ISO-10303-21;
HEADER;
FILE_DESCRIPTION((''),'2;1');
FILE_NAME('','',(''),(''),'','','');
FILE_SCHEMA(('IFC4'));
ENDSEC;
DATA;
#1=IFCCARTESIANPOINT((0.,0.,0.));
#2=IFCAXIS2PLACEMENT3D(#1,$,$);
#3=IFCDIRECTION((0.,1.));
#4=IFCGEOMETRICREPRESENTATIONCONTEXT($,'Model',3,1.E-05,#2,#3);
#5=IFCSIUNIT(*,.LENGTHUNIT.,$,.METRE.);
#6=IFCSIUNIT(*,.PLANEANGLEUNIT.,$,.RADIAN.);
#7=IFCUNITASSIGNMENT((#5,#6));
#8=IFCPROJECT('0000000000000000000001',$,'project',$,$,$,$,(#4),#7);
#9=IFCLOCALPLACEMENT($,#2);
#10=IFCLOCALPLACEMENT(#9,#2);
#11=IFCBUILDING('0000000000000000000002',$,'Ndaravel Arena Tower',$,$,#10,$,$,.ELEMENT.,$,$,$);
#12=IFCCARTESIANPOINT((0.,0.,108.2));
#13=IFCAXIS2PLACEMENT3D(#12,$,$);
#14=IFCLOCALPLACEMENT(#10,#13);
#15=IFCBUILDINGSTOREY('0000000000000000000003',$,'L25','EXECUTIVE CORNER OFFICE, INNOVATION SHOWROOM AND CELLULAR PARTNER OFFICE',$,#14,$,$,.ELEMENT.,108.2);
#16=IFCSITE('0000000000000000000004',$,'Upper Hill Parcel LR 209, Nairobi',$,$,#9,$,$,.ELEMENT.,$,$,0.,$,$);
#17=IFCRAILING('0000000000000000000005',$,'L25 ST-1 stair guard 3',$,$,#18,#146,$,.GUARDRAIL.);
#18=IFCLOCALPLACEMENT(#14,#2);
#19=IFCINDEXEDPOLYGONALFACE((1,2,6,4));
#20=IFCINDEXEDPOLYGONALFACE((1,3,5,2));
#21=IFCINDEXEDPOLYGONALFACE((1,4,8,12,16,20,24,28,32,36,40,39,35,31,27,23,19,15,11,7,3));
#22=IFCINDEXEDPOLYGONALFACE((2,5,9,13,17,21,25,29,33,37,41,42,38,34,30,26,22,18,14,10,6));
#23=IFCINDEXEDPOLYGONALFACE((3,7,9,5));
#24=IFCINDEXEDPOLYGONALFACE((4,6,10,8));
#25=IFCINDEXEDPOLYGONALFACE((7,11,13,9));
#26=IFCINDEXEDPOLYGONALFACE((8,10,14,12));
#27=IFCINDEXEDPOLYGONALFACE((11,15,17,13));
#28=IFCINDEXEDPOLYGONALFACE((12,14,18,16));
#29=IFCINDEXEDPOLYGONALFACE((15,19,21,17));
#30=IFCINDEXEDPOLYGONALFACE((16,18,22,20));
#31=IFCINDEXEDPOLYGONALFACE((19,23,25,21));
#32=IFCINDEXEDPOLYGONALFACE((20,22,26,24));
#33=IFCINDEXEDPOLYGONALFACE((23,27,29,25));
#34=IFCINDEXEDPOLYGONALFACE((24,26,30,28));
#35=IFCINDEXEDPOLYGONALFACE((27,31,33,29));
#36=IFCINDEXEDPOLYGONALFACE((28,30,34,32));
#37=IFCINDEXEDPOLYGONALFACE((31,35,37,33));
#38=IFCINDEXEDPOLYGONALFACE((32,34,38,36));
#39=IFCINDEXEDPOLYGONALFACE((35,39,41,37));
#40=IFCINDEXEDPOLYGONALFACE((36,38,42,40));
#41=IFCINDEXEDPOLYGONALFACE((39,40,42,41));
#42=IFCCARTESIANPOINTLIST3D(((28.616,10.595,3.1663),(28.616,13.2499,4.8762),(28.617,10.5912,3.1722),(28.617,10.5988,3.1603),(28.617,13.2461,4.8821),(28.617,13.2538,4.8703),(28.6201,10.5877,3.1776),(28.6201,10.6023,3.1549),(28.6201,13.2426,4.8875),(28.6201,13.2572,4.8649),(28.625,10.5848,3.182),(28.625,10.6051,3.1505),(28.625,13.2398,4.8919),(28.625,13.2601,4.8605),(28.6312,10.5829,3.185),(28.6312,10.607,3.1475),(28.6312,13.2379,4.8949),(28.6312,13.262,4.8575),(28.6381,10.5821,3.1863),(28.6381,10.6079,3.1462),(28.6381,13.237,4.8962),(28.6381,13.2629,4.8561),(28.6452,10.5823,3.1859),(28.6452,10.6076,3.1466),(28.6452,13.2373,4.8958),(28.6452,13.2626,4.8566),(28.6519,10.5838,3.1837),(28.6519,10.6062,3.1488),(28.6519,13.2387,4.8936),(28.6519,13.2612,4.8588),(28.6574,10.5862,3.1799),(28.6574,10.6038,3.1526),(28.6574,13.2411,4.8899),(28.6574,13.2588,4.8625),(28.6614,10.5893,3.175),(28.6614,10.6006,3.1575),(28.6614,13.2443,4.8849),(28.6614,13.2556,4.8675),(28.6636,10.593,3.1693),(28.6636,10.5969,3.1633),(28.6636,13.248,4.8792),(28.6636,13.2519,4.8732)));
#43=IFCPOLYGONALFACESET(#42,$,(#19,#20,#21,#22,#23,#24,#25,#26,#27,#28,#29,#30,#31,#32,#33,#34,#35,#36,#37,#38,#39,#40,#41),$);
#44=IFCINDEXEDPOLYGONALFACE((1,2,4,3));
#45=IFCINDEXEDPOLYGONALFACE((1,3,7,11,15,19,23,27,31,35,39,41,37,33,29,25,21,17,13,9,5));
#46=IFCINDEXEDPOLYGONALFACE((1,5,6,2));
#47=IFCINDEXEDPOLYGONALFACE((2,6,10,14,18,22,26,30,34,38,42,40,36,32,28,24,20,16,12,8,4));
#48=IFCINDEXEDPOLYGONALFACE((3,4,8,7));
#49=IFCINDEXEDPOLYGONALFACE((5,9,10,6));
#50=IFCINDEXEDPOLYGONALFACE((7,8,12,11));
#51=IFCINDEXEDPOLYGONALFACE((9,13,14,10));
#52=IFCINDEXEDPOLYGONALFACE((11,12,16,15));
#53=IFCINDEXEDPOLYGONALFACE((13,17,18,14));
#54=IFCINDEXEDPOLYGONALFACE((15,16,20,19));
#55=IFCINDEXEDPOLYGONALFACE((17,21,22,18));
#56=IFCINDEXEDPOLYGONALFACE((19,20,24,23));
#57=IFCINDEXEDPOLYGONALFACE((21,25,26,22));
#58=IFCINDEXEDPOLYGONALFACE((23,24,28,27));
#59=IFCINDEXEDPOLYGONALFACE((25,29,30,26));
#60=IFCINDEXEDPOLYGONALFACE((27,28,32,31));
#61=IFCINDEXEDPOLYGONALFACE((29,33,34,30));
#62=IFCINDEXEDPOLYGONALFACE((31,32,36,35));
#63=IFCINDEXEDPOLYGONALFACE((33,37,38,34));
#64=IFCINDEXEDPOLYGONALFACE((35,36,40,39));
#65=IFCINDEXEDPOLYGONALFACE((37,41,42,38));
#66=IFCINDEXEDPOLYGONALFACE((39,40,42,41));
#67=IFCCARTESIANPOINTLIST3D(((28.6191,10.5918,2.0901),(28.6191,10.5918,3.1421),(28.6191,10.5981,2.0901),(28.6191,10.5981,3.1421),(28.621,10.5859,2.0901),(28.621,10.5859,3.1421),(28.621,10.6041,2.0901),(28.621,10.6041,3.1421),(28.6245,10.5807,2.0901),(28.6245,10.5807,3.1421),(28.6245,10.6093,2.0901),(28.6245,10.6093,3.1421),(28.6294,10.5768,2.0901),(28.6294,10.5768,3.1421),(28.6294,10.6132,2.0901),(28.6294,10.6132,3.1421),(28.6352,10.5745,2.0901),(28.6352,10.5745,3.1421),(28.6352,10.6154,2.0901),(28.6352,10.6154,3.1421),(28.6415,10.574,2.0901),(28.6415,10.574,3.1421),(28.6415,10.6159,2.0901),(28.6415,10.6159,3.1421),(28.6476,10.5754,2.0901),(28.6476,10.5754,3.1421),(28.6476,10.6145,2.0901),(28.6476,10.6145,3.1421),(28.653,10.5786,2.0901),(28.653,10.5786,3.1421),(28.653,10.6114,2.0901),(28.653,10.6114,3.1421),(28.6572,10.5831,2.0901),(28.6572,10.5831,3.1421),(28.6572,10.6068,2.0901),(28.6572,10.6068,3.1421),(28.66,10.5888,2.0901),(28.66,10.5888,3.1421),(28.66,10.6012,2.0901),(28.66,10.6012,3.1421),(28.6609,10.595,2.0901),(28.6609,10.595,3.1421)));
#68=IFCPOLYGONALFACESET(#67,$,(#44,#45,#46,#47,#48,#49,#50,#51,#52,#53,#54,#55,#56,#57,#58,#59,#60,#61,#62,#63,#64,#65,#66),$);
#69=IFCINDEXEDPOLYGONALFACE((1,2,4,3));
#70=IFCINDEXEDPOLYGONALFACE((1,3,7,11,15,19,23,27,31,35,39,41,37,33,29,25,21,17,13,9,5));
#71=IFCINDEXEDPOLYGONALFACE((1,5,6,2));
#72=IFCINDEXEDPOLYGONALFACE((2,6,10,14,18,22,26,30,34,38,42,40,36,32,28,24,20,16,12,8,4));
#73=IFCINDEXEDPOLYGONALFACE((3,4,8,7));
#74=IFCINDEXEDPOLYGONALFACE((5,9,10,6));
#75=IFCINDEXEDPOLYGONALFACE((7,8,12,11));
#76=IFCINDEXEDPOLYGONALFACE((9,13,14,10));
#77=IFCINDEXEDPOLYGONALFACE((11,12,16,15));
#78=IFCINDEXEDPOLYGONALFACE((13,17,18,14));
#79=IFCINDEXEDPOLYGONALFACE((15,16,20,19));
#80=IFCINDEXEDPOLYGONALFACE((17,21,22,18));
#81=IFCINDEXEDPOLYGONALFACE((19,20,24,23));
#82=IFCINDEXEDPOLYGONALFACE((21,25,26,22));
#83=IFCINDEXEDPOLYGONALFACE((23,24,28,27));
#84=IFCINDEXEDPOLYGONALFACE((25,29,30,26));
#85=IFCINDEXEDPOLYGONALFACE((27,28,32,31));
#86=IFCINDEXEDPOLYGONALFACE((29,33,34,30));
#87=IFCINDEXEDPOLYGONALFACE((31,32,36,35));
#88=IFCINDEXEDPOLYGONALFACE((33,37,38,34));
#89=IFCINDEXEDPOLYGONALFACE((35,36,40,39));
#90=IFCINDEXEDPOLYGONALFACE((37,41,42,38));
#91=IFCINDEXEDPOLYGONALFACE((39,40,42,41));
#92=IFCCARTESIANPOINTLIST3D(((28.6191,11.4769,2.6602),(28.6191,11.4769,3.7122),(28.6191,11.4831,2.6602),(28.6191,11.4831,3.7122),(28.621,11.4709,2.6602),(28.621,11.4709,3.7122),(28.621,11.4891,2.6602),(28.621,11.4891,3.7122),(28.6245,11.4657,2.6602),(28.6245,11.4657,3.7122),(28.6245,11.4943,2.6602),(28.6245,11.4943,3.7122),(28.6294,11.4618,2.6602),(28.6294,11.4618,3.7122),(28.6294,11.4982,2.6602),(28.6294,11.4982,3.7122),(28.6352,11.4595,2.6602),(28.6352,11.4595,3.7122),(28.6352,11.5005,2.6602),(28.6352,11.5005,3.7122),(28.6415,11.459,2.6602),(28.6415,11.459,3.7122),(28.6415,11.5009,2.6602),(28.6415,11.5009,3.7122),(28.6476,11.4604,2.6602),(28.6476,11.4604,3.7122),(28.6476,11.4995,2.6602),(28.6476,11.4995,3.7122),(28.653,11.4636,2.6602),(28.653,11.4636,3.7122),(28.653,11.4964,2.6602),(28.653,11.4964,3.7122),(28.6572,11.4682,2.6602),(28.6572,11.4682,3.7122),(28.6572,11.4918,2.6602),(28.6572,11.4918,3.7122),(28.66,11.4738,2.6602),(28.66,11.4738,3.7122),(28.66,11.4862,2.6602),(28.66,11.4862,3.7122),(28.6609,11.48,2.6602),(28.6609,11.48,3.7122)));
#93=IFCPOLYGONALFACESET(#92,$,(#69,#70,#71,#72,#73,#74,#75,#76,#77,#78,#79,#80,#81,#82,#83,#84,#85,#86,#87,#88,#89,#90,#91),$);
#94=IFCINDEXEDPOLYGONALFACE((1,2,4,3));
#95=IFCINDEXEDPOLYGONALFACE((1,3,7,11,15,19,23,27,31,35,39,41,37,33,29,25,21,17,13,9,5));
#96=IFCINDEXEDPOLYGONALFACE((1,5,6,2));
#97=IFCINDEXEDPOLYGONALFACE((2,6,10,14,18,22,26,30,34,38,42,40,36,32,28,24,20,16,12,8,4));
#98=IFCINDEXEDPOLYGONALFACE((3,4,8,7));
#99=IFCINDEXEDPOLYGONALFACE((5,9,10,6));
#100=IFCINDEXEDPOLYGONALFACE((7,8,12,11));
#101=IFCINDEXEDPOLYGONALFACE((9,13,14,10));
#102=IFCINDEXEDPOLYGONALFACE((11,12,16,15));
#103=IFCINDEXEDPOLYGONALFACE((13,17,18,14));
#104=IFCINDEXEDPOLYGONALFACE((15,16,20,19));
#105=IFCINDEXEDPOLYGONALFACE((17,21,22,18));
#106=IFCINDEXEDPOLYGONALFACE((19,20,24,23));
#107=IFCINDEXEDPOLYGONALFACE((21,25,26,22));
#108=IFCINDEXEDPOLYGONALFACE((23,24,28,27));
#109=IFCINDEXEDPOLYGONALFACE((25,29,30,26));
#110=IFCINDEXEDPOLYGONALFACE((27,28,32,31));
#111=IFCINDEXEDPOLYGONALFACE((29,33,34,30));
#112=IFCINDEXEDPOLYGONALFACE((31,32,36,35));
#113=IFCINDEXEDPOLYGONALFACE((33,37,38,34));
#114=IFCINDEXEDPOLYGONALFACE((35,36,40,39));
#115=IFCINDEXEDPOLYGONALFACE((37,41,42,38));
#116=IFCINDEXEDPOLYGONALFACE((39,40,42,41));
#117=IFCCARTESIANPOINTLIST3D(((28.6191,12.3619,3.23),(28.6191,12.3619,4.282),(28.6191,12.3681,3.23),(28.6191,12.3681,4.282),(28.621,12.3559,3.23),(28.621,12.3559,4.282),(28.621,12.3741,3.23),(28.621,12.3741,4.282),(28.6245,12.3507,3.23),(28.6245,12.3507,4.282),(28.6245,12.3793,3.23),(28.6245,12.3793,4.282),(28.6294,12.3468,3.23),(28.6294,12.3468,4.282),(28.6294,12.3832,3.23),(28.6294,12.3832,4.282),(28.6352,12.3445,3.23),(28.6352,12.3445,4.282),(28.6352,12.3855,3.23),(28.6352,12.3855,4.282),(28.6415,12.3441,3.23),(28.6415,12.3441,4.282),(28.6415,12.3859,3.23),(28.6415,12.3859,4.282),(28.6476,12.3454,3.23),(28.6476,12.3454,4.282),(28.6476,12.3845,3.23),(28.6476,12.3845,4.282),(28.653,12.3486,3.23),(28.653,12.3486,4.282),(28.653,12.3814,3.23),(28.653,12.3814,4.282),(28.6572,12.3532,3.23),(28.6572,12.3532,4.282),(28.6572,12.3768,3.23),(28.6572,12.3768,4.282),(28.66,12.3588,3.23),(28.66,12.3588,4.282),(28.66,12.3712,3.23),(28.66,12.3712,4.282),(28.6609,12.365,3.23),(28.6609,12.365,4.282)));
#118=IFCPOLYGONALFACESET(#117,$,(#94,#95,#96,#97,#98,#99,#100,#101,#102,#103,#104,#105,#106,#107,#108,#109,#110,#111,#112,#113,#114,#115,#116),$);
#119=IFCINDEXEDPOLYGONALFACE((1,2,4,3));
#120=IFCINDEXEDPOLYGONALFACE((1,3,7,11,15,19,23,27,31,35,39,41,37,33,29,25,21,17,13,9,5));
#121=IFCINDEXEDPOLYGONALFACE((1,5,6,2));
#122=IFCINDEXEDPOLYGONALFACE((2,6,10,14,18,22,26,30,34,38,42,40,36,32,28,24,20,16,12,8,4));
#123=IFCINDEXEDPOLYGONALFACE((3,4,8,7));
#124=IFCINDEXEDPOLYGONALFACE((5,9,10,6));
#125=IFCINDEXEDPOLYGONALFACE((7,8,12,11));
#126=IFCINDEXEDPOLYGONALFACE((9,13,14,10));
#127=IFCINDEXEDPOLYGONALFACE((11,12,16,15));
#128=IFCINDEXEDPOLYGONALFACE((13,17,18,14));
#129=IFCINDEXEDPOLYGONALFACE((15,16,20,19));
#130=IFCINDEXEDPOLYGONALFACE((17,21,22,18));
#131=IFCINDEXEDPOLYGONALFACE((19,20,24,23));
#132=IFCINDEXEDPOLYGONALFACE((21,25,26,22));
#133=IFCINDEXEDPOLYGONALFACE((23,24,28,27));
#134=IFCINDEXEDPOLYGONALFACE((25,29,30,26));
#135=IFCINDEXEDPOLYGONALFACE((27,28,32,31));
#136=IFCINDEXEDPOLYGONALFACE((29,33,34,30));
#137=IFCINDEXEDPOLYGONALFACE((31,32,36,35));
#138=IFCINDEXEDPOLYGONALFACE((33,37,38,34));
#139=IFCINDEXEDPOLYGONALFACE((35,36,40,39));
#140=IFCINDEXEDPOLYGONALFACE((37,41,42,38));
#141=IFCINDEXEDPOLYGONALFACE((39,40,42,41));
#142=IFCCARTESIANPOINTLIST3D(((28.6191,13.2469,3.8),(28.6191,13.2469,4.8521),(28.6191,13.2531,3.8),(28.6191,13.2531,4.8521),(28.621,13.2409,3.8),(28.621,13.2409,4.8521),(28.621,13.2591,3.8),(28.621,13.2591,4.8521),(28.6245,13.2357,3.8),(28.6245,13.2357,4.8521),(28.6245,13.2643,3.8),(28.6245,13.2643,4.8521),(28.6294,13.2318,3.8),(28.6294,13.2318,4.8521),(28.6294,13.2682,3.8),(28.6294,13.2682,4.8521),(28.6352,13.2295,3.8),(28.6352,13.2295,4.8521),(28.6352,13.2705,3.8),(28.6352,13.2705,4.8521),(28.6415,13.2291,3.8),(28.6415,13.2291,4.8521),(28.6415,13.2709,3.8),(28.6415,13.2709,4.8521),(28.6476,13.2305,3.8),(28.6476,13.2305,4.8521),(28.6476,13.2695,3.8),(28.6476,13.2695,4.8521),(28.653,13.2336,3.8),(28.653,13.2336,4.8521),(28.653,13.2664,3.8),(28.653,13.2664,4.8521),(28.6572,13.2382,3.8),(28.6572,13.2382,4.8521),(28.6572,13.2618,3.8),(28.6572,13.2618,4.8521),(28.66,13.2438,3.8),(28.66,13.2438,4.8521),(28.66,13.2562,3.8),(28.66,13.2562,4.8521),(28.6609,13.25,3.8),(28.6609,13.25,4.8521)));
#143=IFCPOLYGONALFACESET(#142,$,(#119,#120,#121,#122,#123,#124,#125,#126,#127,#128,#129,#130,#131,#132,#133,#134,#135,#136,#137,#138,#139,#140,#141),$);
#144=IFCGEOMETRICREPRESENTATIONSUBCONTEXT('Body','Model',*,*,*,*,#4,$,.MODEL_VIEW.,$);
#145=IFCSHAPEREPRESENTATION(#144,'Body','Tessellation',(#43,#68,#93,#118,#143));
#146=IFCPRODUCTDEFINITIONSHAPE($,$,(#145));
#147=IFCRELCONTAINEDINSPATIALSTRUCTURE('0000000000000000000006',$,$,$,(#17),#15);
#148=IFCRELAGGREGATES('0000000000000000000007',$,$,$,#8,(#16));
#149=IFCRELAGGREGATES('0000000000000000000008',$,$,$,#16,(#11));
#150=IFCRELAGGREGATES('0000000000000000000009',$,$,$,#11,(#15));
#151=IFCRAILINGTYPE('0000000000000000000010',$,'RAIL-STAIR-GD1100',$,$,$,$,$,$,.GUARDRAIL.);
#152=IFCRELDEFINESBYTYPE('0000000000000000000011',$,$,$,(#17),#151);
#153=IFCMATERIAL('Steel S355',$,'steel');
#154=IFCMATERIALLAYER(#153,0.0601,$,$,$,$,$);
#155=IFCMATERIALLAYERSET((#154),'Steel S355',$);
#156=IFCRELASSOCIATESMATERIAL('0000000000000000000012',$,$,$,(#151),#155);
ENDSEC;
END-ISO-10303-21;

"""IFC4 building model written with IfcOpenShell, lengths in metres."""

from ifc_helpers import new_model, si_unit, direction, frame, origin, origin_2d, place, context, subcontext, project, spatial, circle, extrude, material, layer, layer_set, type_object, element, save


model = new_model("IFC4")

# Units and contexts
model_context = context("Model", 3, precision=1e-05, world=origin(), true_north=direction((0.0, 1.0)))
body_context = subcontext(model_context, "Body", "Model", "MODEL_VIEW")
ifc_project = project(units=[si_unit("LENGTHUNIT", "METRE"), si_unit("PLANEANGLEUNIT", "RADIAN")], contexts=[model_context])

# Site, building, storey
site_placement = place(None, origin())
site = spatial("IfcSite", under=ifc_project, at=site_placement, Name="Upper Hill Parcel LR 209, Nairobi", CompositionType="ELEMENT", RefElevation=0.0)
building_placement = place(site_placement, origin())
building = spatial("IfcBuilding", under=site, at=building_placement, Name="Ndaravel Arena Tower", CompositionType="ELEMENT")
storey_placement = place(building_placement, frame((0.0, 0.0, 108.2)))
storey = spatial("IfcBuildingStorey", under=building, at=storey_placement, Name="L25", Description="EXECUTIVE CORNER OFFICE, INNOVATION SHOWROOM AND CELLULAR PARTNER OFFICE", CompositionType="ELEMENT", Elevation=108.2)

# Railing
ifc_material_1 = material(Name="Steel S355", Category="steel")
ifc_layer_1 = layer(ifc_material_1, 0.0601)
ifc_layer_set_1 = layer_set([ifc_layer_1], Name="Steel S355")
railing_type_1 = type_object("IfcRailingType", Name="RAIL-STAIR-GD1100", PredefinedType="GUARDRAIL", material=ifc_layer_set_1)
railing_1_placement = place(storey_placement, frame((28.6399, 10.595, 2.0901)))
element("IfcRailing", 1, at=railing_1_placement, inside=storey, type_object=railing_type_1, Name="L25 ST-1 stair guard 3", PredefinedType="GUARDRAIL", context=body_context, shape_type="SweptSolid", body=[
    extrude(circle(Radius=0.0239, at=origin_2d()), frame((0.0, 0.0, 1.0762), z_axis=(0.0, 0.840724, 0.541465), x_axis=(-1.0, 0.0, 0.0)), (0.0, 0.0, 1.0), 3.158),
    extrude(circle(Radius=0.021, at=origin_2d()), origin(), (0.0, 0.0, 1.0), 1.052),
    extrude(circle(Radius=0.021, at=origin_2d()), frame((0.0, 0.885, 0.5701)), (0.0, 0.0, 1.0), 1.052),
    extrude(circle(Radius=0.021, at=origin_2d()), frame((0.0, 1.77, 1.1399)), (0.0, 0.0, 1.0), 1.052),
    extrude(circle(Radius=0.021, at=origin_2d()), frame((0.0, 2.655, 1.71)), (0.0, 0.0, 1.0), 1.052),
])

save(model, "model.ifc")
